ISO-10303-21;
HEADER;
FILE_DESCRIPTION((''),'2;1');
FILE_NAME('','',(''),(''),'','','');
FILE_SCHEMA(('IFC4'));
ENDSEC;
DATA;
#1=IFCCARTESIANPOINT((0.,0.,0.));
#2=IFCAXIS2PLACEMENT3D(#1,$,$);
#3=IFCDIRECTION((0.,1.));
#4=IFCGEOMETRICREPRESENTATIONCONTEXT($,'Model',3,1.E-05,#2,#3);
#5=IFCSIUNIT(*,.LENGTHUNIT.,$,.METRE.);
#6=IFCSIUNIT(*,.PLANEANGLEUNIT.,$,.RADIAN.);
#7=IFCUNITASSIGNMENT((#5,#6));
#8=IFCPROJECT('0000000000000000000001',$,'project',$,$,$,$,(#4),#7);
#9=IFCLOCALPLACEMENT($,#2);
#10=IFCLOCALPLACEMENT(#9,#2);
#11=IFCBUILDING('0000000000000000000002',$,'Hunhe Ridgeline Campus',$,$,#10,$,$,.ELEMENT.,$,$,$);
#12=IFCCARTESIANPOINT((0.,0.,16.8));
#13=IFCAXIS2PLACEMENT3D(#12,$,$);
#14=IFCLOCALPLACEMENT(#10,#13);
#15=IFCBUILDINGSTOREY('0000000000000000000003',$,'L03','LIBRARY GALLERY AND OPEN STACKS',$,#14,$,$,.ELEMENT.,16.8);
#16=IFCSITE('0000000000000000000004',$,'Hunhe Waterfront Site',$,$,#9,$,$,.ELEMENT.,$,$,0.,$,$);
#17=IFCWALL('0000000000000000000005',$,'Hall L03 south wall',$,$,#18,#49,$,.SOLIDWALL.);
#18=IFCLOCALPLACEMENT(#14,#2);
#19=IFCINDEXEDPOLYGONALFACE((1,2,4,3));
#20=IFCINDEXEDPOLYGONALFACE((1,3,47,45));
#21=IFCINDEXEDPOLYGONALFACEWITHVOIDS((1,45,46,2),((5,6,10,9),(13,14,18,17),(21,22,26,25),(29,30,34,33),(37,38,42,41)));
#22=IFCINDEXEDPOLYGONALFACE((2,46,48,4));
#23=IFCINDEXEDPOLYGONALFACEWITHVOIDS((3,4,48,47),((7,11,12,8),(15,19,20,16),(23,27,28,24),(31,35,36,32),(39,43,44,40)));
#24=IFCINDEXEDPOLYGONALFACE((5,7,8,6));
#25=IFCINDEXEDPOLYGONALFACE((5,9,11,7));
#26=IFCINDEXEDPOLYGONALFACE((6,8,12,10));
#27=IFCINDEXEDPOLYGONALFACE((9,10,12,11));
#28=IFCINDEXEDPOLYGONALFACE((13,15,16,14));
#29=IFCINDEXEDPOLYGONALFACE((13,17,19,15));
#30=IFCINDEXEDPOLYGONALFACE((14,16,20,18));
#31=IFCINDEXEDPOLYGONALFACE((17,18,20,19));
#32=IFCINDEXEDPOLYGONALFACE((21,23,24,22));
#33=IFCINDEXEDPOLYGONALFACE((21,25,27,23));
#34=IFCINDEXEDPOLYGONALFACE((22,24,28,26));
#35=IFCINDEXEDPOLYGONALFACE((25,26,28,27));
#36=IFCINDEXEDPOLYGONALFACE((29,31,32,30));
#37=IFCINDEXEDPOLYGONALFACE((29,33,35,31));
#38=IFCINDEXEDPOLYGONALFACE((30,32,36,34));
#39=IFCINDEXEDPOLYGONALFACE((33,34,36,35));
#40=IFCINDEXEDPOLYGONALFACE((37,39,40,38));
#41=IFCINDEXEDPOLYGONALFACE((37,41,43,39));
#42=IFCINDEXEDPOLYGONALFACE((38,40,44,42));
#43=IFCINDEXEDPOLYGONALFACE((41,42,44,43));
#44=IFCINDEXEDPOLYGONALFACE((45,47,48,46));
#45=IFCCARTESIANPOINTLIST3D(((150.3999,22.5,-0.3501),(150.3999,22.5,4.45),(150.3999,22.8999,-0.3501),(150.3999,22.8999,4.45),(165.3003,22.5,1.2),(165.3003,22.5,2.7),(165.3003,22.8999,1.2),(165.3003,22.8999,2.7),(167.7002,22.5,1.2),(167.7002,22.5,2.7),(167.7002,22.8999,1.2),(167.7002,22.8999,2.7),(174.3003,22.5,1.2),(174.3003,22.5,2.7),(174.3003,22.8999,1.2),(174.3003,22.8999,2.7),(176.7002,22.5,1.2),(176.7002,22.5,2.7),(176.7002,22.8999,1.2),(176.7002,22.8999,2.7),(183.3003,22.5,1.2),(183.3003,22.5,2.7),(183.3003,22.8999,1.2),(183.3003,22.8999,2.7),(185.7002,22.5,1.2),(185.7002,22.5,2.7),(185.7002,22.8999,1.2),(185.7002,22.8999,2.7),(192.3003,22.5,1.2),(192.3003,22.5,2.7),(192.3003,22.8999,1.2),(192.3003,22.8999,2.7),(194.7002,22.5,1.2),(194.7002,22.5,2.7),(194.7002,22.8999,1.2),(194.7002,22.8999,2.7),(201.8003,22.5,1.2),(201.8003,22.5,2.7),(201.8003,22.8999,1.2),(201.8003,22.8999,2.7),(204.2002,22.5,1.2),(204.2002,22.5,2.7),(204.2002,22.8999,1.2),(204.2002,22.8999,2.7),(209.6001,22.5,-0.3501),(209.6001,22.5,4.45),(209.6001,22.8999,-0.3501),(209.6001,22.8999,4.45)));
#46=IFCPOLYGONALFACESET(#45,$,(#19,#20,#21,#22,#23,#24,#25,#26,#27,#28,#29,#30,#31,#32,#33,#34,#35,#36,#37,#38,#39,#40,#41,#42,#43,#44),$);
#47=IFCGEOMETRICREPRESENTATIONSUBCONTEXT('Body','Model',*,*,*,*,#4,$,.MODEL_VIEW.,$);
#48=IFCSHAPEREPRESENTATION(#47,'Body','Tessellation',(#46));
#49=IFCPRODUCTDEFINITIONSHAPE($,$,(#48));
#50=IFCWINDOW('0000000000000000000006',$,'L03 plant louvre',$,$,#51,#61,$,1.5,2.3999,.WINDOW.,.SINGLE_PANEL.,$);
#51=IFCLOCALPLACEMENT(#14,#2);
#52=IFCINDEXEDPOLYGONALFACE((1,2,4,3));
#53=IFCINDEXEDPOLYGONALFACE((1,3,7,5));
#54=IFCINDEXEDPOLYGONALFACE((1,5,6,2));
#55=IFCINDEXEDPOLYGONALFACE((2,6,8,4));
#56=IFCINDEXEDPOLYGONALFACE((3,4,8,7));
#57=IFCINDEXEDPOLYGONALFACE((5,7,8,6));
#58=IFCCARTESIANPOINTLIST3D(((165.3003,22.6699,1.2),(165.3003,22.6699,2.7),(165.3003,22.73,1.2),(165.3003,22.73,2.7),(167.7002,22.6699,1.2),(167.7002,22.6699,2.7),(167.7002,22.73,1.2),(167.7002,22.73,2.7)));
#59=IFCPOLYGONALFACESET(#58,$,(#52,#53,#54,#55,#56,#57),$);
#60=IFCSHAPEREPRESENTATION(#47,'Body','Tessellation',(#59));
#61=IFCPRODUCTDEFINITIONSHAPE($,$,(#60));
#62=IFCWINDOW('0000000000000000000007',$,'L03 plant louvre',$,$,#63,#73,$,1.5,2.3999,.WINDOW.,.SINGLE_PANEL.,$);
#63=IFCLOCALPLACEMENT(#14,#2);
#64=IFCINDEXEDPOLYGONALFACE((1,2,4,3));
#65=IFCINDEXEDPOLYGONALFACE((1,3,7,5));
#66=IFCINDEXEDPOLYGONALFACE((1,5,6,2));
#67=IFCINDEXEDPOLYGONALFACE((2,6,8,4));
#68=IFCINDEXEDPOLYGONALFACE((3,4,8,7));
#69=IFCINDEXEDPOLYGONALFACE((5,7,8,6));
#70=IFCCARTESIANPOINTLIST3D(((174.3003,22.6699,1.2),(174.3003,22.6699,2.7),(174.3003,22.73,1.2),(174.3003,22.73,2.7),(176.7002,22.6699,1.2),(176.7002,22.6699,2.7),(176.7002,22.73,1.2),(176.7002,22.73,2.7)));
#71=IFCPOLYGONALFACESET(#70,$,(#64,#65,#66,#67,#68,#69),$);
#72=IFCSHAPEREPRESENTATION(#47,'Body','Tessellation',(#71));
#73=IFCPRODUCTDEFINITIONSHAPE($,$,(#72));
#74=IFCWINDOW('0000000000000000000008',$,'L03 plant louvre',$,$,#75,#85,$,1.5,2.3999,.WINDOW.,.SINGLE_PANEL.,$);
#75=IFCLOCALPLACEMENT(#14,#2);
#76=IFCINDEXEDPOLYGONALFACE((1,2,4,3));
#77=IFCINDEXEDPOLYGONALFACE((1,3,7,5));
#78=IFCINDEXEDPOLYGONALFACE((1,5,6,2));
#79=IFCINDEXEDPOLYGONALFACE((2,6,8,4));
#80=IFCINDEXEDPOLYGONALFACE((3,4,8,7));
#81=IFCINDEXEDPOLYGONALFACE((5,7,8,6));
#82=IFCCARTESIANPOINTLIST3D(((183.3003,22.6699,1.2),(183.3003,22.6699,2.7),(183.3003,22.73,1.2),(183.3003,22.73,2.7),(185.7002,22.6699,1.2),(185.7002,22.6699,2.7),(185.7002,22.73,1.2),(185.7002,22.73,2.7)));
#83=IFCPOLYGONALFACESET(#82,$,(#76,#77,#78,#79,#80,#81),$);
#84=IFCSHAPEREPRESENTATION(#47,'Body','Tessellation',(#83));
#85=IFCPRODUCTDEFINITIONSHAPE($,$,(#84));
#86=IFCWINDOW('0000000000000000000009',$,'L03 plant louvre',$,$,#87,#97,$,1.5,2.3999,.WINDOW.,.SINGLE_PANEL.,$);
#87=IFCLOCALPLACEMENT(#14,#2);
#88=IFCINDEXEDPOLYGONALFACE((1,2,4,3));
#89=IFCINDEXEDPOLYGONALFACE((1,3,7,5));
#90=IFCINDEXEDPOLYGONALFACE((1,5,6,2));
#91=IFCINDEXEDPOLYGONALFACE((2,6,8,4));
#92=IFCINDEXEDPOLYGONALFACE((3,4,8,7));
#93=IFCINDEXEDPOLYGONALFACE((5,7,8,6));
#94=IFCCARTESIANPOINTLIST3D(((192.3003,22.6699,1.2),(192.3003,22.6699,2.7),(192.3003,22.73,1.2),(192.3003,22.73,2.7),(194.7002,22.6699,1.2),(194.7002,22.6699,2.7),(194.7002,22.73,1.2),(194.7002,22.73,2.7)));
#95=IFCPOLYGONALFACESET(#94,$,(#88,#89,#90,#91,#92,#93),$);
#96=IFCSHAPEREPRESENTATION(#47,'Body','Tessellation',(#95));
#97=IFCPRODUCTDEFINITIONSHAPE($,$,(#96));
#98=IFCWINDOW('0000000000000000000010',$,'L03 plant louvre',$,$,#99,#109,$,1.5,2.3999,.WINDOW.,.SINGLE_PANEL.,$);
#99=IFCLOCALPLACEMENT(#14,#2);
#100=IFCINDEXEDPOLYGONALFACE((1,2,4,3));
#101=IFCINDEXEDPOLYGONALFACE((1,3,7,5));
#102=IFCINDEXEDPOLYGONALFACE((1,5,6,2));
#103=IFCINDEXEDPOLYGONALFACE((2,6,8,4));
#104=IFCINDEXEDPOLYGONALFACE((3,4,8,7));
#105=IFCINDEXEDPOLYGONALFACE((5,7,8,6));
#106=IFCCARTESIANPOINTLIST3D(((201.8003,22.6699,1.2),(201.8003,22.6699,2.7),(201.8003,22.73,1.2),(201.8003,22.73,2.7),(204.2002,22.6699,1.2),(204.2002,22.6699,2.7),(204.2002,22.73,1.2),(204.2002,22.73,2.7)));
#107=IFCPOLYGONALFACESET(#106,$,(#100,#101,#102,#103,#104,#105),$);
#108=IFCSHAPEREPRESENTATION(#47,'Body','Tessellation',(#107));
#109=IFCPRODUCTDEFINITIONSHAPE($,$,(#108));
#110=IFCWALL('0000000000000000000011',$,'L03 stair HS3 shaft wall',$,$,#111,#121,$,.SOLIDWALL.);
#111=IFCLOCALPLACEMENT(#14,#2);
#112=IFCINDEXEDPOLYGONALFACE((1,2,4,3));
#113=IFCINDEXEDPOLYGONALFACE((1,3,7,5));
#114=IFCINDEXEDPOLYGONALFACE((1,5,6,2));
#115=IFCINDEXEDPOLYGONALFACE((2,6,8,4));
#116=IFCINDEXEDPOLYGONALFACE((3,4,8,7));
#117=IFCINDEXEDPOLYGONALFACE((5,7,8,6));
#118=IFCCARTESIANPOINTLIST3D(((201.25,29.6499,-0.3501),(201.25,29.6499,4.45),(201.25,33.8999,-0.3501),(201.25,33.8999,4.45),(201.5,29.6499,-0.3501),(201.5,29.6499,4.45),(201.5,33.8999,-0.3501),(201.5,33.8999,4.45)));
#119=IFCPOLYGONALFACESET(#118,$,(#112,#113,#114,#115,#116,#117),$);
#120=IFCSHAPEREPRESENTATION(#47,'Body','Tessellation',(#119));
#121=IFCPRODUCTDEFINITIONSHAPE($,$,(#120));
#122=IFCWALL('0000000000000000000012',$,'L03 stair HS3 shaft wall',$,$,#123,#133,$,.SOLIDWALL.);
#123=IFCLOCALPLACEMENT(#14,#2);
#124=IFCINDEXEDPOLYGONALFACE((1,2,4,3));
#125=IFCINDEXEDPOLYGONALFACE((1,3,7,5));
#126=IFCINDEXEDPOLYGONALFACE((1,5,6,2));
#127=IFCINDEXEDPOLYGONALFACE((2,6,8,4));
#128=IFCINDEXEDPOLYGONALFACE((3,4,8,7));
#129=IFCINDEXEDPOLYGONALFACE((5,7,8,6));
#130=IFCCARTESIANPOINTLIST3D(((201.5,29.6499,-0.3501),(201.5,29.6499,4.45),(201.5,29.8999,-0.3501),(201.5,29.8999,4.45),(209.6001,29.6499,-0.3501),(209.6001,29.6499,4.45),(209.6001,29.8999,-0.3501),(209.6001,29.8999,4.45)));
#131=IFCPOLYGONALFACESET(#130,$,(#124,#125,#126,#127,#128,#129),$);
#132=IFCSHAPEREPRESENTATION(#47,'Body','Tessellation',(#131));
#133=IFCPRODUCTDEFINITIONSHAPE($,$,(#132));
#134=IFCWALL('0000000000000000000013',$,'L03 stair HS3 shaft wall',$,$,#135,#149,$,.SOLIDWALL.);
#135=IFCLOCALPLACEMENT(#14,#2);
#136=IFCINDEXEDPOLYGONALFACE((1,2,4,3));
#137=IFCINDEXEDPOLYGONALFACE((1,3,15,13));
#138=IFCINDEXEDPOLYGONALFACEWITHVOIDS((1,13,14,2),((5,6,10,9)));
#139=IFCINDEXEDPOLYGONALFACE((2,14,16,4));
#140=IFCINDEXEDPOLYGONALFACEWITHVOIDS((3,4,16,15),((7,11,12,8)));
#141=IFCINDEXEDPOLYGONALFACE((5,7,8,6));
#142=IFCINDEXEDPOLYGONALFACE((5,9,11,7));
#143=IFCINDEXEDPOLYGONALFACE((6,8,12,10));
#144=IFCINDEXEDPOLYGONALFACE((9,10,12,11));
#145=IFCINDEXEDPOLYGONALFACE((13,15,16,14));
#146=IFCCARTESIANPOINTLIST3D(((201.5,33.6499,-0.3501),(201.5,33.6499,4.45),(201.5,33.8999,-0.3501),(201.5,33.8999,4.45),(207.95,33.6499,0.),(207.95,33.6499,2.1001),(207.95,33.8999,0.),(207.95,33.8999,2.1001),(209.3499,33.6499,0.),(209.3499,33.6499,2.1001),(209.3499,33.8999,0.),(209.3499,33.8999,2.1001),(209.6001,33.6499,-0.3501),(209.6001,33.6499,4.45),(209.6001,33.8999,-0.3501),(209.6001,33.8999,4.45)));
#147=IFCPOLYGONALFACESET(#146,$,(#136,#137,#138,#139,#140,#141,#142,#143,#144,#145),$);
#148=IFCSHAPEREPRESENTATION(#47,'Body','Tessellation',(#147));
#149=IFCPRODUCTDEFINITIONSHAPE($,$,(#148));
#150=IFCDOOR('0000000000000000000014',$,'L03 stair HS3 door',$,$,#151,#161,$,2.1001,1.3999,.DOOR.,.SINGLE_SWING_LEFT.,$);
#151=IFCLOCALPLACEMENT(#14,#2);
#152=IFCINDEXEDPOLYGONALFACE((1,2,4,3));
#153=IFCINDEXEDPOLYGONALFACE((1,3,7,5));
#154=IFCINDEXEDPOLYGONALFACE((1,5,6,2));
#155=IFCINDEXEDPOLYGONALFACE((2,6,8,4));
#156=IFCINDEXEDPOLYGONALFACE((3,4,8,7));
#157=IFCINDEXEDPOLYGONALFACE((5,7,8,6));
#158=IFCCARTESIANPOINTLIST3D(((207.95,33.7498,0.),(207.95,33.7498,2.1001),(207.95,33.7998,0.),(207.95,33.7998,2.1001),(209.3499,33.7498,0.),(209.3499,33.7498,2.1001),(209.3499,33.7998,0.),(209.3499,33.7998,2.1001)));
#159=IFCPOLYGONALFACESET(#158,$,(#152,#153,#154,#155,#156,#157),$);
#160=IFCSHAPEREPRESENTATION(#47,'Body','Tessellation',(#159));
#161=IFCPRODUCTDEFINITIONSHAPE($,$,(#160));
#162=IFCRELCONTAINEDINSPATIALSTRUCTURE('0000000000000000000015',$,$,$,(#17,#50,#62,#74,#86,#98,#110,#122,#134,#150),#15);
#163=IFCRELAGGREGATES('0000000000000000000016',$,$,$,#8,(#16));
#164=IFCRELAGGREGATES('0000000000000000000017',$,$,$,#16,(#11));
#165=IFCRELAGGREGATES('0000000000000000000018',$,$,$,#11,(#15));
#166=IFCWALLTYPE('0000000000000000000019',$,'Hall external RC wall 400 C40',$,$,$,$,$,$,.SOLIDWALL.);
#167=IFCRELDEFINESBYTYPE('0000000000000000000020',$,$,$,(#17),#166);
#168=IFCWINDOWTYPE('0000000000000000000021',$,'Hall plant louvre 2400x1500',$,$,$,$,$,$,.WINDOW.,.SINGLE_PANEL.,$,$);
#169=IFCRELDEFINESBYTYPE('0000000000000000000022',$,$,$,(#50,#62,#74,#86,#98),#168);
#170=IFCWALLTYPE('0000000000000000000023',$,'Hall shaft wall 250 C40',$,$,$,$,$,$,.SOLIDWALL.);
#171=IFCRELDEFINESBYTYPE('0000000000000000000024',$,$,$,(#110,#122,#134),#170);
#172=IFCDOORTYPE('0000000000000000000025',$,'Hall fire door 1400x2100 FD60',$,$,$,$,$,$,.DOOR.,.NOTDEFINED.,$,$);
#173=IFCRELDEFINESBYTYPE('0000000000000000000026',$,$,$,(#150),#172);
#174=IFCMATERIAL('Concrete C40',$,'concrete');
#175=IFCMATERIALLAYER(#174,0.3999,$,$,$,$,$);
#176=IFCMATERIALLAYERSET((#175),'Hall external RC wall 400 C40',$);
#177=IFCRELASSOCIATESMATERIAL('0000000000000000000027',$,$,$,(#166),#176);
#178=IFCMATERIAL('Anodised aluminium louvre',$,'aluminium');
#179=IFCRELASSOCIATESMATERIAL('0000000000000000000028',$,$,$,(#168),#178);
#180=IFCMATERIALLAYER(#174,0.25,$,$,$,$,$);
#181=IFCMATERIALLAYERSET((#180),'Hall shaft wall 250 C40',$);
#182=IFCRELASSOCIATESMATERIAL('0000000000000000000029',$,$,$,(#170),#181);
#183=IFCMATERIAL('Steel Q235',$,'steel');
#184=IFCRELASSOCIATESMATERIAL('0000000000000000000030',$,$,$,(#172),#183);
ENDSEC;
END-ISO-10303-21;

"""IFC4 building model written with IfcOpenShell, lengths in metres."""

from ifc_helpers import new_model, si_unit, direction, frame, frame_2d, origin, place, context, subcontext, project, spatial, rectangle, extrude, material, layer, layer_set, type_object, element, fill, save


model = new_model("IFC4")

# Units and contexts
model_context = context("Model", 3, precision=1e-05, world=origin(), true_north=direction((0.0, 1.0)))
body_context = subcontext(model_context, "Body", "Model", "MODEL_VIEW")
ifc_project = project(units=[si_unit("LENGTHUNIT", "METRE"), si_unit("PLANEANGLEUNIT", "RADIAN")], contexts=[model_context])

# Site, building, storey
site_placement = place(None, origin())
site = spatial("IfcSite", under=ifc_project, at=site_placement, Name="Hunhe Waterfront Site", CompositionType="ELEMENT", RefElevation=0.0)
building_placement = place(site_placement, origin())
building = spatial("IfcBuilding", under=site, at=building_placement, Name="Hunhe Ridgeline Campus", CompositionType="ELEMENT")
storey_placement = place(building_placement, frame((0.0, 0.0, 16.8)))
storey = spatial("IfcBuildingStorey", under=building, at=storey_placement, Name="L03", Description="LIBRARY GALLERY AND OPEN STACKS", CompositionType="ELEMENT", Elevation=16.8)

# Shared definitions
ifc_material_1 = material(Name="Steel Q235", Category="steel")

# Wall, openings, windows
ifc_material_2 = material(Name="Concrete C40", Category="concrete")
ifc_layer_1 = layer(ifc_material_2, 0.3999)
ifc_layer_set_1 = layer_set([ifc_layer_1], Name="Hall external RC wall 400 C40")
wall_type_1 = type_object("IfcWallType", Name="Hall external RC wall 400 C40", PredefinedType="SOLIDWALL", material=ifc_layer_set_1)
wall_1_placement = place(storey_placement, frame((209.6001, 22.7, -0.3501), z_axis=(0.0, 0.0, 1.0), x_axis=(-1.0, 0.0, 0.0)))
wall_1 = element("IfcWall", 1, at=wall_1_placement, inside=storey, type_object=wall_type_1, Name="Hall L03 south wall", PredefinedType="SOLIDWALL", context=body_context, shape_type="SweptSolid", body=[
    extrude(rectangle(XDim=59.2002, YDim=0.3999, at=frame_2d((29.6001, 0.0))), origin(), (0.0, 0.0, 1.0), 4.8),
])
opening_1_placement = place(wall_1_placement, frame((41.8999, 0.0, 1.55)))
opening_1 = element("IfcOpeningElement", 2, at=opening_1_placement, cuts=wall_1, PredefinedType="OPENING", context=body_context, shape_type="SweptSolid", body=[
    extrude(rectangle(XDim=2.3999, YDim=1.5, at=frame_2d((1.2, 0.75))), frame((0.0, 0.2, 0.0), z_axis=(0.0, -1.0, 0.0), x_axis=(1.0, 0.0, 0.0)), (0.0, 0.0, 1.0), 0.3999),
])
opening_2_placement = place(wall_1_placement, frame((32.8999, 0.0, 1.55)))
opening_2 = element("IfcOpeningElement", 3, at=opening_2_placement, cuts=wall_1, PredefinedType="OPENING", context=body_context, shape_type="SweptSolid", body=[
    extrude(rectangle(XDim=2.3999, YDim=1.5, at=frame_2d((1.2, 0.75))), frame((0.0, 0.2, 0.0), z_axis=(0.0, -1.0, 0.0), x_axis=(1.0, 0.0, 0.0)), (0.0, 0.0, 1.0), 0.3999),
])
opening_3_placement = place(wall_1_placement, frame((23.8999, 0.0, 1.55)))
opening_3 = element("IfcOpeningElement", 4, at=opening_3_placement, cuts=wall_1, PredefinedType="OPENING", context=body_context, shape_type="SweptSolid", body=[
    extrude(rectangle(XDim=2.3999, YDim=1.5, at=frame_2d((1.2, 0.75))), frame((0.0, 0.2, 0.0), z_axis=(0.0, -1.0, 0.0), x_axis=(1.0, 0.0, 0.0)), (0.0, 0.0, 1.0), 0.3999),
])
opening_4_placement = place(wall_1_placement, frame((14.8999, 0.0, 1.55)))
opening_4 = element("IfcOpeningElement", 5, at=opening_4_placement, cuts=wall_1, PredefinedType="OPENING", context=body_context, shape_type="SweptSolid", body=[
    extrude(rectangle(XDim=2.3999, YDim=1.5, at=frame_2d((1.2, 0.75))), frame((0.0, 0.2, 0.0), z_axis=(0.0, -1.0, 0.0), x_axis=(1.0, 0.0, 0.0)), (0.0, 0.0, 1.0), 0.3999),
])
opening_5_placement = place(wall_1_placement, frame((5.3999, 0.0, 1.55)))
opening_5 = element("IfcOpeningElement", 6, at=opening_5_placement, cuts=wall_1, PredefinedType="OPENING", context=body_context, shape_type="SweptSolid", body=[
    extrude(rectangle(XDim=2.3999, YDim=1.5, at=frame_2d((1.2, 0.75))), frame((0.0, 0.2, 0.0), z_axis=(0.0, -1.0, 0.0), x_axis=(1.0, 0.0, 0.0)), (0.0, 0.0, 1.0), 0.3999),
])
ifc_material_3 = material(Name="Anodised aluminium louvre", Category="aluminium")
window_type = type_object("IfcWindowType", Name="Hall plant louvre 2400x1500", PartitioningType="SINGLE_PANEL", PredefinedType="WINDOW", material=ifc_material_3)
window_1_placement = place(opening_1_placement, origin())
window_1 = element("IfcWindow", 7, at=window_1_placement, inside=storey, type_object=window_type, Name="L03 plant louvre", OverallHeight=1.5, OverallWidth=2.3999, PartitioningType="SINGLE_PANEL", PredefinedType="WINDOW", context=body_context, shape_type="SweptSolid", body=[
    extrude(rectangle(XDim=2.3999, YDim=1.5, at=frame_2d((1.2, 0.75))), frame((0.0, 0.03, 0.0), z_axis=(0.0, -1.0, 0.0), x_axis=(1.0, 0.0, 0.0)), (0.0, 0.0, 1.0), 0.0601),
])
fill(opening_1, window_1)
window_2_placement = place(opening_2_placement, origin())
window_2 = element("IfcWindow", 8, at=window_2_placement, inside=storey, type_object=window_type, Name="L03 plant louvre", OverallHeight=1.5, OverallWidth=2.3999, PartitioningType="SINGLE_PANEL", PredefinedType="WINDOW", context=body_context, shape_type="SweptSolid", body=[
    extrude(rectangle(XDim=2.3999, YDim=1.5, at=frame_2d((1.2, 0.75))), frame((0.0, 0.03, 0.0), z_axis=(0.0, -1.0, 0.0), x_axis=(1.0, 0.0, 0.0)), (0.0, 0.0, 1.0), 0.0601),
])
fill(opening_2, window_2)
window_3_placement = place(opening_3_placement, origin())
window_3 = element("IfcWindow", 9, at=window_3_placement, inside=storey, type_object=window_type, Name="L03 plant louvre", OverallHeight=1.5, OverallWidth=2.3999, PartitioningType="SINGLE_PANEL", PredefinedType="WINDOW", context=body_context, shape_type="SweptSolid", body=[
    extrude(rectangle(XDim=2.3999, YDim=1.5, at=frame_2d((1.2, 0.75))), frame((0.0, 0.03, 0.0), z_axis=(0.0, -1.0, 0.0), x_axis=(1.0, 0.0, 0.0)), (0.0, 0.0, 1.0), 0.0601),
])
fill(opening_3, window_3)
window_4_placement = place(opening_4_placement, origin())
window_4 = element("IfcWindow", 10, at=window_4_placement, inside=storey, type_object=window_type, Name="L03 plant louvre", OverallHeight=1.5, OverallWidth=2.3999, PartitioningType="SINGLE_PANEL", PredefinedType="WINDOW", context=body_context, shape_type="SweptSolid", body=[
    extrude(rectangle(XDim=2.3999, YDim=1.5, at=frame_2d((1.2, 0.75))), frame((0.0, 0.03, 0.0), z_axis=(0.0, -1.0, 0.0), x_axis=(1.0, 0.0, 0.0)), (0.0, 0.0, 1.0), 0.0601),
])
fill(opening_4, window_4)
window_5_placement = place(opening_5_placement, origin())
window_5 = element("IfcWindow", 11, at=window_5_placement, inside=storey, type_object=window_type, Name="L03 plant louvre", OverallHeight=1.5, OverallWidth=2.3999, PartitioningType="SINGLE_PANEL", PredefinedType="WINDOW", context=body_context, shape_type="SweptSolid", body=[
    extrude(rectangle(XDim=2.3999, YDim=1.5, at=frame_2d((1.2, 0.75))), frame((0.0, 0.03, 0.0), z_axis=(0.0, -1.0, 0.0), x_axis=(1.0, 0.0, 0.0)), (0.0, 0.0, 1.0), 0.0601),
])
fill(opening_5, window_5)

# Walls
ifc_layer_2 = layer(ifc_material_2, 0.25)
ifc_layer_set_2 = layer_set([ifc_layer_2], Name="Hall shaft wall 250 C40")
wall_type_2 = type_object("IfcWallType", Name="Hall shaft wall 250 C40", PredefinedType="SOLIDWALL", material=ifc_layer_set_2)
wall_2_placement = place(storey_placement, frame((201.375, 29.6499, -0.3501), z_axis=(0.0, 0.0, 1.0), x_axis=(0.0, 1.0, 0.0)))
element("IfcWall", 12, at=wall_2_placement, inside=storey, type_object=wall_type_2, Name="L03 stair HS3 shaft wall", PredefinedType="SOLIDWALL", context=body_context, shape_type="SweptSolid", body=[
    extrude(rectangle(XDim=4.25, YDim=0.25, at=frame_2d((2.125, 0.0))), origin(), (0.0, 0.0, 1.0), 4.8),
])
wall_3_placement = place(storey_placement, frame((209.6001, 29.7749, -0.3501), z_axis=(0.0, 0.0, 1.0), x_axis=(-1.0, 0.0, 0.0)))
element("IfcWall", 13, at=wall_3_placement, inside=storey, type_object=wall_type_2, Name="L03 stair HS3 shaft wall", PredefinedType="SOLIDWALL", context=body_context, shape_type="SweptSolid", body=[
    extrude(rectangle(XDim=8.1001, YDim=0.25, at=frame_2d((4.05, 0.0))), origin(), (0.0, 0.0, 1.0), 4.8),
])

# Wall, opening, door
wall_4_placement = place(storey_placement, frame((201.5, 33.7749, -0.3501), z_axis=(0.0, 0.0, 1.0), x_axis=(1.0, 0.0, 0.0)))
wall_4 = element("IfcWall", 14, at=wall_4_placement, inside=storey, type_object=wall_type_2, Name="L03 stair HS3 shaft wall", PredefinedType="SOLIDWALL", context=body_context, shape_type="SweptSolid", body=[
    extrude(rectangle(XDim=8.1001, YDim=0.25, at=frame_2d((4.05, 0.0))), origin(), (0.0, 0.0, 1.0), 4.8),
])
opening_6_placement = place(wall_4_placement, frame((6.45, 0.0, 0.3501)))
opening_6 = element("IfcOpeningElement", 15, at=opening_6_placement, cuts=wall_4, PredefinedType="OPENING", context=body_context, shape_type="SweptSolid", body=[
    extrude(rectangle(XDim=1.3999, YDim=2.1001, at=frame_2d((0.7, 1.05))), frame((0.0, 0.125, 0.0), z_axis=(0.0, -1.0, 0.0), x_axis=(1.0, 0.0, 0.0)), (0.0, 0.0, 1.0), 0.25),
])
door_type_1 = type_object("IfcDoorType", Name="Hall fire door 1400x2100 FD60", OperationType="NOTDEFINED", PredefinedType="DOOR", material=ifc_material_1)
door_1_placement = place(opening_6_placement, origin())
door_1 = element("IfcDoor", 16, at=door_1_placement, inside=storey, type_object=door_type_1, Name="L03 stair HS3 door", OperationType="SINGLE_SWING_LEFT", OverallHeight=2.1001, OverallWidth=1.3999, PredefinedType="DOOR", context=body_context, shape_type="SweptSolid", body=[
    extrude(rectangle(XDim=1.3999, YDim=2.1001, at=frame_2d((0.7, 1.05))), frame((0.0, 0.0249, 0.0), z_axis=(0.0, -1.0, 0.0), x_axis=(1.0, 0.0, 0.0)), (0.0, 0.0, 1.0), 0.05),
])
fill(opening_6, door_1)

save(model, "model.ifc")
